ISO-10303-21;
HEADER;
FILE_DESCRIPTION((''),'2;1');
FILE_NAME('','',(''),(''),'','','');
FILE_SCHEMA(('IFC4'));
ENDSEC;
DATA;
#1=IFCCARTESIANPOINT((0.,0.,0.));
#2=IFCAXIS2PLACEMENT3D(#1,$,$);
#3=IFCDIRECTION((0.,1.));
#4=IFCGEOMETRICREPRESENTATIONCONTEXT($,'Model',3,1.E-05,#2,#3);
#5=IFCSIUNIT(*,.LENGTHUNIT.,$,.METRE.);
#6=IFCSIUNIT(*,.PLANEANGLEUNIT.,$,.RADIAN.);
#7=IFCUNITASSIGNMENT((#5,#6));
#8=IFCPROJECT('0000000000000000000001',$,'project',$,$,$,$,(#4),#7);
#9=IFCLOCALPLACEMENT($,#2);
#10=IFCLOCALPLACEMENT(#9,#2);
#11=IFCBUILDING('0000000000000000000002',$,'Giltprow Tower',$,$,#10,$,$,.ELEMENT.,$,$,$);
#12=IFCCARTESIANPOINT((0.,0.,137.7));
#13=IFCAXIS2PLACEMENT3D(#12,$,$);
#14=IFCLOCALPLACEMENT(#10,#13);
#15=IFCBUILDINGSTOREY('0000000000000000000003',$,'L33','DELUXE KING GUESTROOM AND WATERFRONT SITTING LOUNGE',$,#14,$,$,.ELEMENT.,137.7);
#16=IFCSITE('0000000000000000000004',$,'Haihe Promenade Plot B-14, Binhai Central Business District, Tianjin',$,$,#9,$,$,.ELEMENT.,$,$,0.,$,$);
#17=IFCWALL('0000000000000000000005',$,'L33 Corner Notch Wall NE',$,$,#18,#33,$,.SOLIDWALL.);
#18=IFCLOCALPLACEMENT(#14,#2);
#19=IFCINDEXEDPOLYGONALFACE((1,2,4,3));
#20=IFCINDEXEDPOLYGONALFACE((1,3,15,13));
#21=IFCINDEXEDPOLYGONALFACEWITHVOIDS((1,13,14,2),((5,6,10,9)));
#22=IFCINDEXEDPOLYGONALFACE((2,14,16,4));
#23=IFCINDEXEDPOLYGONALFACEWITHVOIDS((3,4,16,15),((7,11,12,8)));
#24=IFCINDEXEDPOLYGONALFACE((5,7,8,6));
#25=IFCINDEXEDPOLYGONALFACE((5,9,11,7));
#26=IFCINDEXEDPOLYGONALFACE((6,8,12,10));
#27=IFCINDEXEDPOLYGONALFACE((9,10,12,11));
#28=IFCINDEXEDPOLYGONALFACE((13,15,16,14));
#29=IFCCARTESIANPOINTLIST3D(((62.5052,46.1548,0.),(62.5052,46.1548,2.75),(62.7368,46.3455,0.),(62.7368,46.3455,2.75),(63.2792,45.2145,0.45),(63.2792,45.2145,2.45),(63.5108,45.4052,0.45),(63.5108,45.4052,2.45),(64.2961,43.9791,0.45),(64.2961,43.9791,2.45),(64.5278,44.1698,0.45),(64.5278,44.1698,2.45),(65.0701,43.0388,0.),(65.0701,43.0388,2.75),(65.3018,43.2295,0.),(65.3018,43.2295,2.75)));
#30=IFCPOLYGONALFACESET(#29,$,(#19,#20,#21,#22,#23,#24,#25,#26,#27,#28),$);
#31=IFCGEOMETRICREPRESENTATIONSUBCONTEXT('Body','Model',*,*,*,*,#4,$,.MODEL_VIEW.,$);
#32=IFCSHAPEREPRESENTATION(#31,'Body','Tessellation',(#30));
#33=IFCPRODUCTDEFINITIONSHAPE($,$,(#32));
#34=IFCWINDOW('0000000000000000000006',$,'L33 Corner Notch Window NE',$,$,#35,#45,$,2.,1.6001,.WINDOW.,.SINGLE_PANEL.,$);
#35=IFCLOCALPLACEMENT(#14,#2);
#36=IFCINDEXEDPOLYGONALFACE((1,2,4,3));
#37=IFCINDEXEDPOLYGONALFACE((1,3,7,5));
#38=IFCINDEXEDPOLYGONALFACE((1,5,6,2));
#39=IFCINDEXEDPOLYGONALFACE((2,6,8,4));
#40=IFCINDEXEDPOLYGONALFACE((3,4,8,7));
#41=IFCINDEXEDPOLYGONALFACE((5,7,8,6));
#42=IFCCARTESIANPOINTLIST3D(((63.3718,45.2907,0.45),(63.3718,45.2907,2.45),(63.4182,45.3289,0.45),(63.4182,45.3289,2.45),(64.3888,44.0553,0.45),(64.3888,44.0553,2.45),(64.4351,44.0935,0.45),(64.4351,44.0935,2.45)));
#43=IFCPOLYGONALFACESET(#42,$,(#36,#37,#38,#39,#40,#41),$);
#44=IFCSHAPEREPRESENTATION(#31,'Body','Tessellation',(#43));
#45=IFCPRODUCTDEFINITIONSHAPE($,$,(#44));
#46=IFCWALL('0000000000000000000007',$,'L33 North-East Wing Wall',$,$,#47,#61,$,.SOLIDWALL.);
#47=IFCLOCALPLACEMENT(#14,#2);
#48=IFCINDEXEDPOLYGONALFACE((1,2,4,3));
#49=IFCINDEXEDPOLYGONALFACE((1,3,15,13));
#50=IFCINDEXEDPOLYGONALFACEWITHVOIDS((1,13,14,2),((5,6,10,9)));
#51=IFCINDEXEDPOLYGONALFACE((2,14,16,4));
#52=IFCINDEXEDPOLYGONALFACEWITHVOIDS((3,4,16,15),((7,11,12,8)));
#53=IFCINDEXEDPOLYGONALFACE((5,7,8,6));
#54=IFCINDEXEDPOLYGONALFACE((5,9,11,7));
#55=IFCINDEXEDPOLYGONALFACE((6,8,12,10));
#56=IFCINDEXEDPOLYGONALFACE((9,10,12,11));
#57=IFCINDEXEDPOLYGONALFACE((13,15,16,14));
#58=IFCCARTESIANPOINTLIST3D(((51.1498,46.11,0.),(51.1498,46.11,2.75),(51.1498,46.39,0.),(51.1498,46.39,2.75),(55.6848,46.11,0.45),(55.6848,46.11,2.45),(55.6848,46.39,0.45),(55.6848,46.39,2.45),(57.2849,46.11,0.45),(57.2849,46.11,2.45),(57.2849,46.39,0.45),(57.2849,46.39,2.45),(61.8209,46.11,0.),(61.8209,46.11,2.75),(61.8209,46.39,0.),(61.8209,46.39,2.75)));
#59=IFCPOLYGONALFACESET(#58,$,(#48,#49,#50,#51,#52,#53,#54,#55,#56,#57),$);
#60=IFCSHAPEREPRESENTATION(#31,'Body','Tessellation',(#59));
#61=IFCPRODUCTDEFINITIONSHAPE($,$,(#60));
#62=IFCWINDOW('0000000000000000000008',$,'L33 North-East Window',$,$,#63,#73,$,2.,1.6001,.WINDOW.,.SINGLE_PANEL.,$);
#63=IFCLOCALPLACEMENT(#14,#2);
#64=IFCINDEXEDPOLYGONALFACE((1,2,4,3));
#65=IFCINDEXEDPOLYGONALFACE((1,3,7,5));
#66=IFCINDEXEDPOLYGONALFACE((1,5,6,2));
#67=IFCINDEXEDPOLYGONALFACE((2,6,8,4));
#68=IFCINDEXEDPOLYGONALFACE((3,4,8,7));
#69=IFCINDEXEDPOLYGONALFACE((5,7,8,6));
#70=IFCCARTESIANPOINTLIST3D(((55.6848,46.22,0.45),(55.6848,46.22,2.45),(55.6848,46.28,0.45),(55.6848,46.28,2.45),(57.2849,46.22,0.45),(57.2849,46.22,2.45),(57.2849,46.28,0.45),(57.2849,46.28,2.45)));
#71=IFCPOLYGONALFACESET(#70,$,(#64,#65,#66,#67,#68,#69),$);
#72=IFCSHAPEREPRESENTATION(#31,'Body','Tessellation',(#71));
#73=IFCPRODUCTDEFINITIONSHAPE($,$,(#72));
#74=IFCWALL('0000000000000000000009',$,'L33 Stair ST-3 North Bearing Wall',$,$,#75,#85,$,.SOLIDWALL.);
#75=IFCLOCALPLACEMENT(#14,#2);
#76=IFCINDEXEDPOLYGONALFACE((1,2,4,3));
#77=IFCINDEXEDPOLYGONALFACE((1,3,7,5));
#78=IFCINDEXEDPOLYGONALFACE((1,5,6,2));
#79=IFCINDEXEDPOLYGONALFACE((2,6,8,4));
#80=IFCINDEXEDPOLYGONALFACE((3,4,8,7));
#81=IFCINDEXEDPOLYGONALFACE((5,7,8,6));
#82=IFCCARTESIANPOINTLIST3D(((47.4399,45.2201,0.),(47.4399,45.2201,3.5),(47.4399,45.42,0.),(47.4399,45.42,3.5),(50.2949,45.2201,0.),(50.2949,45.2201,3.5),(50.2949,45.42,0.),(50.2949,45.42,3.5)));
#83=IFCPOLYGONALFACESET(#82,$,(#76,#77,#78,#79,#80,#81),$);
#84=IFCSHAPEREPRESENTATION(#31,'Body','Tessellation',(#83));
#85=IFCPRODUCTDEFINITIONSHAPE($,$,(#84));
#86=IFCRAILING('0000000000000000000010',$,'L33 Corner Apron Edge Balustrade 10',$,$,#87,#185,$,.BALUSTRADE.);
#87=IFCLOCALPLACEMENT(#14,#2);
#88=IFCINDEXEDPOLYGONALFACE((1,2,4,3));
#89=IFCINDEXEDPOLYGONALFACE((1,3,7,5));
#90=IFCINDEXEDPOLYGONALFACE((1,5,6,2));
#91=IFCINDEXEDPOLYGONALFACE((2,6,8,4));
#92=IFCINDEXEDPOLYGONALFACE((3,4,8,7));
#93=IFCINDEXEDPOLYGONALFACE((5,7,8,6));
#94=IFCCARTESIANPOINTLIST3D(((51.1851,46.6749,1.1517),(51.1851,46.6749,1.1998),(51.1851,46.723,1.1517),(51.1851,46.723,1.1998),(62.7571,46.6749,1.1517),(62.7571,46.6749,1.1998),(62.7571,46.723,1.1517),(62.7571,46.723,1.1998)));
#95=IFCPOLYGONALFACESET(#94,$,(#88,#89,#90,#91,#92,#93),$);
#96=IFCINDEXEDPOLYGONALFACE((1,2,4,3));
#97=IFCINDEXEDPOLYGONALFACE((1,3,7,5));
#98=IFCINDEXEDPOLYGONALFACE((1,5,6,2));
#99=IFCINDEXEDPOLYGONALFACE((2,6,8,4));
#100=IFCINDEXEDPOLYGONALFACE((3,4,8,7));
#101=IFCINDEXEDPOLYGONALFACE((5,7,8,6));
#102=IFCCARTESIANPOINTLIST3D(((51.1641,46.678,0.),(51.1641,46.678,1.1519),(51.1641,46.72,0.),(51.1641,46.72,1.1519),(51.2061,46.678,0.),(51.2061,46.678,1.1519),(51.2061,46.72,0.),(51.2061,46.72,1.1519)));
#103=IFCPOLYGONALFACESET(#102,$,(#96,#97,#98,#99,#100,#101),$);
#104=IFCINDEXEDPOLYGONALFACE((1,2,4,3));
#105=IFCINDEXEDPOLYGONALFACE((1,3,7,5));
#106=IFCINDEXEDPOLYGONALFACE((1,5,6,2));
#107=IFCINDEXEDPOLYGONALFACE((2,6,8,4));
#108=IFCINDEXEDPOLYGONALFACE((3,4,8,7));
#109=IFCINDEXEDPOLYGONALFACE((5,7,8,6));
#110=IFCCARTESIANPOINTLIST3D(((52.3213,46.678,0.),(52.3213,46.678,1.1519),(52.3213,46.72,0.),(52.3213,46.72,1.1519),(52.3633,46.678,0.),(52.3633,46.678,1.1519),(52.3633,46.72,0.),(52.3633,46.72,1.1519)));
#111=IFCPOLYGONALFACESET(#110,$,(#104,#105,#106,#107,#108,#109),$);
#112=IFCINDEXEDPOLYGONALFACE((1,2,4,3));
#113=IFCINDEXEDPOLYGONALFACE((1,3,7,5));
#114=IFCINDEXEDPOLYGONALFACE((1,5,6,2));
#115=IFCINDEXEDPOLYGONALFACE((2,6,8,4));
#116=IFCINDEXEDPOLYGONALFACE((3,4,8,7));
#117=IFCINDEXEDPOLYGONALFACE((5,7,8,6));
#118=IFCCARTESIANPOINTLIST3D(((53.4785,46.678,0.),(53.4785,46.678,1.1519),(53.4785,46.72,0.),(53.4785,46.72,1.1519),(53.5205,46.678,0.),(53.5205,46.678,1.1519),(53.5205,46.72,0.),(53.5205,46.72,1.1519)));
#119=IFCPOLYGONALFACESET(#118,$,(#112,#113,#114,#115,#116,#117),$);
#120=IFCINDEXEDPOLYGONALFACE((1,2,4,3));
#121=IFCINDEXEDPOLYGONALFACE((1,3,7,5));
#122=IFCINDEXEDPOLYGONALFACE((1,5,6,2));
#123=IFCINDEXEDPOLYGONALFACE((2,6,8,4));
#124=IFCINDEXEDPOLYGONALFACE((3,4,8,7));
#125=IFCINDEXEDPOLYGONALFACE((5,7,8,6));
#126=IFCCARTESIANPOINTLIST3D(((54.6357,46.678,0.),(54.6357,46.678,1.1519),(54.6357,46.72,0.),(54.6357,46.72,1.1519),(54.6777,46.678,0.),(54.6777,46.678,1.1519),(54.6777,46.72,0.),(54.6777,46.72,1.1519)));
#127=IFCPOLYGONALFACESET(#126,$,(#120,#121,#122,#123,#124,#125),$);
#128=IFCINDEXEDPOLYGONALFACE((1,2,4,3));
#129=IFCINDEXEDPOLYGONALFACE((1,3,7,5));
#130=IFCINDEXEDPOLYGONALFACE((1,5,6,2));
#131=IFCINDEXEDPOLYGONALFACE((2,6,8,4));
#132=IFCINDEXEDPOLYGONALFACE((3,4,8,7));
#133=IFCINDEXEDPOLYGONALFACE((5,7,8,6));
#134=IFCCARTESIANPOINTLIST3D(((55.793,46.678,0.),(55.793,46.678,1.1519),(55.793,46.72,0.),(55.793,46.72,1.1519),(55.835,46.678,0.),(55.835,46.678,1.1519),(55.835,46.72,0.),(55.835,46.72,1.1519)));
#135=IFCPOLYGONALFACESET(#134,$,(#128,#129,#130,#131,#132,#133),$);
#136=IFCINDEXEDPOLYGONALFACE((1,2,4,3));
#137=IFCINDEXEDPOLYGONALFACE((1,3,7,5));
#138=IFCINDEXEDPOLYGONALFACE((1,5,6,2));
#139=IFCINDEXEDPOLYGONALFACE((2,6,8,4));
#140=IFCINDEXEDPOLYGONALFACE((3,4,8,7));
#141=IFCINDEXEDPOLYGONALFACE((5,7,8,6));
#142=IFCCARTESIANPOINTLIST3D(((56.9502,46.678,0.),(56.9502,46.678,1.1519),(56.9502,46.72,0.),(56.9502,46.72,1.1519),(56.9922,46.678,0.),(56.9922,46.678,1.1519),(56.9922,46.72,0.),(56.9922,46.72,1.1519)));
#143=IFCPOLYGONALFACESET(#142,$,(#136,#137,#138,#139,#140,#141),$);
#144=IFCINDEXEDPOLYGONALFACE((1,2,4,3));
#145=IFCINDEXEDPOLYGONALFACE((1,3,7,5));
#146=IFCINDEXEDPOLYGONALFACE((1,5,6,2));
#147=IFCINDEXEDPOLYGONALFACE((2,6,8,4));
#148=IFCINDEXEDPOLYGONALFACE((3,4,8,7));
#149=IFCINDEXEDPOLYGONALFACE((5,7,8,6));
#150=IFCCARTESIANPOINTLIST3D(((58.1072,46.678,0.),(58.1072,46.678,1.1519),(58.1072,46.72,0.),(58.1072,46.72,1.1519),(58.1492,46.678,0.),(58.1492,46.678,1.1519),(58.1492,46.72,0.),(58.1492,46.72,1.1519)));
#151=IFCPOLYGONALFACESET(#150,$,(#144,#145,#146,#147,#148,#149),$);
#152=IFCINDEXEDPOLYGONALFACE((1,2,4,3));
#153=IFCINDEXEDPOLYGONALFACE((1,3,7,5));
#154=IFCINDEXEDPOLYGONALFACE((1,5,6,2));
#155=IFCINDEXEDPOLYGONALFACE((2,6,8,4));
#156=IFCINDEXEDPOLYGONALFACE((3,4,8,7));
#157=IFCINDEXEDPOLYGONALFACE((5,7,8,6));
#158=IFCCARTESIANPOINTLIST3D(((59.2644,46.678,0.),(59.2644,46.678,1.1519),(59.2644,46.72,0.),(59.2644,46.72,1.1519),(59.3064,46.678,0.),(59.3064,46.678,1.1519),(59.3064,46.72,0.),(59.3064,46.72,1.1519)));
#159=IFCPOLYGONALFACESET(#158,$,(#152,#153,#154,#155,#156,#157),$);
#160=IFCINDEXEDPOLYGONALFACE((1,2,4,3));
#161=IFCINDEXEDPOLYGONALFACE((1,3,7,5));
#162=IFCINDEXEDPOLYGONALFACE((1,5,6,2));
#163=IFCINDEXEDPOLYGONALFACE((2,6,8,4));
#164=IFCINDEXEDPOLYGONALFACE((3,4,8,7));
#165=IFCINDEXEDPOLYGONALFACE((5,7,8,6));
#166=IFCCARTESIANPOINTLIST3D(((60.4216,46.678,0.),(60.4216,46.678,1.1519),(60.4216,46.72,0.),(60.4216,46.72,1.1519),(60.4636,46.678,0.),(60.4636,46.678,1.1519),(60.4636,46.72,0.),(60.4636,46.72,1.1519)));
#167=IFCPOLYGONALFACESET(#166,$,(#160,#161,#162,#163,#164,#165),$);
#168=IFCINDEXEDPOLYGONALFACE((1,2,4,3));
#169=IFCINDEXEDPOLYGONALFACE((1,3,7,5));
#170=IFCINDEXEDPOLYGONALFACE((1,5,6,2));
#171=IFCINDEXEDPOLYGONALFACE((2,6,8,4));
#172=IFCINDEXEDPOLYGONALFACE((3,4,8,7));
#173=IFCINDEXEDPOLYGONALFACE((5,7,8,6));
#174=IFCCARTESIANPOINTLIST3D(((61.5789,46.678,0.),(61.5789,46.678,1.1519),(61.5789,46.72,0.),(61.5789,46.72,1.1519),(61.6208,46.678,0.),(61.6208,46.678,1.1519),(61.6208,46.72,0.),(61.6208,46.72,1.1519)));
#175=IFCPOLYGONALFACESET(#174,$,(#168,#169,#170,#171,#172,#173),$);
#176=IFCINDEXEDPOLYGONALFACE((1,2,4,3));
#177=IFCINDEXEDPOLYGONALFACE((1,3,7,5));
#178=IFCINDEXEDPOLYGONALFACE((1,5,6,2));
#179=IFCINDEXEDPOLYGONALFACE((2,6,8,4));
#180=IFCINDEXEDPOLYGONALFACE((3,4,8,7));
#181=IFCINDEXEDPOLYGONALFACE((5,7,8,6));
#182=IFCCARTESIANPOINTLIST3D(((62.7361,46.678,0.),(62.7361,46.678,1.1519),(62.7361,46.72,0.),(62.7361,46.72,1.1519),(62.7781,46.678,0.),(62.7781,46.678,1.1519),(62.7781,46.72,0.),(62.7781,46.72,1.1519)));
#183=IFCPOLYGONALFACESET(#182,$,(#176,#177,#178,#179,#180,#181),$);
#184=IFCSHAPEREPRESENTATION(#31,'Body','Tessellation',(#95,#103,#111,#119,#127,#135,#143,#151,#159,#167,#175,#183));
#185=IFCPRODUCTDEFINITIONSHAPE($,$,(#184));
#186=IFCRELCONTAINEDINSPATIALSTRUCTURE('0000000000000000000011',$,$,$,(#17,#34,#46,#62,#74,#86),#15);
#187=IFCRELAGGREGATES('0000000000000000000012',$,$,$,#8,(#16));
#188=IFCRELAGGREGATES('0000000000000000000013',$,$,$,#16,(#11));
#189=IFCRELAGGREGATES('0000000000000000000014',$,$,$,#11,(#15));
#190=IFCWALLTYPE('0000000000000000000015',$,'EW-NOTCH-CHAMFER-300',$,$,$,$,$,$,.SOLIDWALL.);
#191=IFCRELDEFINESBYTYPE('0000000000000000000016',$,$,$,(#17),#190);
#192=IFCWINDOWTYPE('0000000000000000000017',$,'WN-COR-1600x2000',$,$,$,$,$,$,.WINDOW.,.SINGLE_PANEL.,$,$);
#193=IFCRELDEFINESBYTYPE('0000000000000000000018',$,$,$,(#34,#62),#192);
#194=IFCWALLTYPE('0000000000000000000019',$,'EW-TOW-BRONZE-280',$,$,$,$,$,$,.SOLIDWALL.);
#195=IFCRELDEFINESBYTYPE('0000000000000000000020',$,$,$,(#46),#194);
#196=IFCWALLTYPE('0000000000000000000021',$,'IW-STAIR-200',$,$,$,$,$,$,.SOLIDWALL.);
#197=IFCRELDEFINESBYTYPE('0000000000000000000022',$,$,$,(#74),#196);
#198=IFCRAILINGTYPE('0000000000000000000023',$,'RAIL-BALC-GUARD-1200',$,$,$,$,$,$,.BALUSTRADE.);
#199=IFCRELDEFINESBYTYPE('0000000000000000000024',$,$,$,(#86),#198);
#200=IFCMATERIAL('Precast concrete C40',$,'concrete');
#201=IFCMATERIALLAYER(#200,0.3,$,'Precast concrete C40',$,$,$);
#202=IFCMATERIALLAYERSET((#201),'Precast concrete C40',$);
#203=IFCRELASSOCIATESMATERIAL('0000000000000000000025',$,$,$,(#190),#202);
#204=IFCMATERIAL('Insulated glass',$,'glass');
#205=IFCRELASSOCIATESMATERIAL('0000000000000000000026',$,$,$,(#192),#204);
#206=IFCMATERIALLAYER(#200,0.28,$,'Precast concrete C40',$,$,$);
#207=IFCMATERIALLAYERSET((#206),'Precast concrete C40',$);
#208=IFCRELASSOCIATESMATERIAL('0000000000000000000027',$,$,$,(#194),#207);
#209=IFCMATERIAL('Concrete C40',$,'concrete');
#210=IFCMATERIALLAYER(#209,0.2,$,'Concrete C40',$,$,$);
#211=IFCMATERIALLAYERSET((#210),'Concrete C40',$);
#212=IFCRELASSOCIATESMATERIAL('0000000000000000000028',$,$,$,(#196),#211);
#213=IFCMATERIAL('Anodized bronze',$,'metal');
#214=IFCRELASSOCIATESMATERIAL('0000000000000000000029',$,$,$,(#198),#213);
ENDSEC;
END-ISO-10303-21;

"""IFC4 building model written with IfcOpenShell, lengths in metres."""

from ifc_helpers import new_model, si_unit, direction, frame, frame_2d, origin, origin_2d, place, context, subcontext, project, spatial, rectangle, extrude, source, transform, mapped, material, layer, layer_set, type_object, element, fill, save


model = new_model("IFC4")

# Units and contexts
model_context = context("Model", 3, precision=1e-05, world=origin(), true_north=direction((0.0, 1.0)))
body_context = subcontext(model_context, "Body", "Model", "MODEL_VIEW")
ifc_project = project(units=[si_unit("LENGTHUNIT", "METRE"), si_unit("PLANEANGLEUNIT", "RADIAN")], contexts=[model_context])

# Site, building, storey
site_placement = place(None, origin())
site = spatial("IfcSite", under=ifc_project, at=site_placement, Name="Haihe Promenade Plot B-14, Binhai Central Business District, Tianjin", CompositionType="ELEMENT", RefElevation=0.0)
building_placement = place(site_placement, origin())
building = spatial("IfcBuilding", under=site, at=building_placement, Name="Giltprow Tower", CompositionType="ELEMENT")
storey_placement = place(building_placement, frame((0.0, 0.0, 137.7)))
storey = spatial("IfcBuildingStorey", under=building, at=storey_placement, Name="L33", Description="DELUXE KING GUESTROOM AND WATERFRONT SITTING LOUNGE", CompositionType="ELEMENT", Elevation=137.7)

# Walls, openings, windows
ifc_material_1 = material(Name="Precast concrete C40", Category="concrete")
ifc_layer_1 = layer(ifc_material_1, 0.3, Name="Precast concrete C40")
ifc_layer_set_1 = layer_set([ifc_layer_1], Name="Precast concrete C40")
wall_type_1 = type_object("IfcWallType", Name="EW-NOTCH-CHAMFER-300", PredefinedType="SOLIDWALL", material=ifc_layer_set_1)
wall_1_placement = place(storey_placement, frame((65.186, 43.134, 0.0), z_axis=(0.0, 0.0, 1.0), x_axis=(-0.635538, 0.77207, 0.0)))
wall_1 = element("IfcWall", 1, at=wall_1_placement, inside=storey, type_object=wall_type_1, Name="L33 Corner Notch Wall NE", PredefinedType="SOLIDWALL", context=body_context, shape_type="SweptSolid", body=[
    extrude(rectangle(XDim=4.0359, YDim=0.3, at=frame_2d((2.0181, 0.0))), origin(), (0.0, 0.0, 1.0), 2.75),
])
opening_1_placement = place(wall_1_placement, frame((1.218, 0.0, 0.45)))
opening_1 = element("IfcOpeningElement", 2, at=opening_1_placement, cuts=wall_1, PredefinedType="OPENING", context=body_context, shape_type="SweptSolid", body=[
    extrude(rectangle(XDim=1.6001, YDim=2.0, at=frame_2d((0.8, 1.0))), frame((0.0, 0.1599, 0.0), z_axis=(0.0, -1.0, 0.0), x_axis=(1.0, 0.0, 0.0)), (0.0, 0.0, 1.0), 0.3201),
])
ifc_material_2 = material(Name="Insulated glass", Category="glass")
window_type = type_object("IfcWindowType", Name="WN-COR-1600x2000", PartitioningType="SINGLE_PANEL", PredefinedType="WINDOW", material=ifc_material_2)
shared_shape_1 = source(origin(), body_context, "Body", "SweptSolid", [
    extrude(rectangle(XDim=1.6001, YDim=2.0, at=frame_2d((0.8, 1.0))), frame((0.0, 0.03, 0.0), z_axis=(0.0, -1.0, 0.0), x_axis=(1.0, 0.0, 0.0)), (0.0, 0.0, 1.0), 0.0601),
])
window_1_placement = place(opening_1_placement, origin())
window_1 = element("IfcWindow", 3, at=window_1_placement, inside=storey, type_object=window_type, Name="L33 Corner Notch Window NE", OverallHeight=2.0, OverallWidth=1.6001, PartitioningType="SINGLE_PANEL", PredefinedType="WINDOW", context=body_context, shape_type="MappedRepresentation", body=[
    mapped(shared_shape_1, transform((0.0, 0.0, 0.0), x_axis=(1.0, 0.0, 0.0), y_axis=(0.0, 1.0, 0.0), z_axis=(0.0, 0.0, 1.0), scale=1.0)),
])
fill(opening_1, window_1)
ifc_layer_2 = layer(ifc_material_1, 0.28, Name="Precast concrete C40")
ifc_layer_set_2 = layer_set([ifc_layer_2], Name="Precast concrete C40")
wall_type_2 = type_object("IfcWallType", Name="EW-TOW-BRONZE-280", PredefinedType="SOLIDWALL", material=ifc_layer_set_2)
wall_2_placement = place(storey_placement, frame((51.1499, 46.25, 0.0), z_axis=(0.0, 0.0, 1.0), x_axis=(1.0, 0.0, 0.0)))
wall_2 = element("IfcWall", 4, at=wall_2_placement, inside=storey, type_object=wall_type_2, Name="L33 North-East Wing Wall", PredefinedType="SOLIDWALL", context=body_context, shape_type="SweptSolid", body=[
    extrude(rectangle(XDim=10.6711, YDim=0.28, at=frame_2d((5.3354, 0.0))), origin(), (0.0, 0.0, 1.0), 2.75),
])
opening_2_placement = place(wall_2_placement, frame((4.5349, 0.0, 0.45)))
opening_2 = element("IfcOpeningElement", 5, at=opening_2_placement, cuts=wall_2, PredefinedType="OPENING", context=body_context, shape_type="SweptSolid", body=[
    extrude(rectangle(XDim=1.6001, YDim=2.0, at=frame_2d((0.8, 1.0))), frame((0.0, 0.1499, 0.0), z_axis=(0.0, -1.0, 0.0), x_axis=(1.0, 0.0, 0.0)), (0.0, 0.0, 1.0), 0.3),
])
window_2_placement = place(opening_2_placement, origin())
window_2 = element("IfcWindow", 6, at=window_2_placement, inside=storey, type_object=window_type, Name="L33 North-East Window", OverallHeight=2.0, OverallWidth=1.6001, PartitioningType="SINGLE_PANEL", PredefinedType="WINDOW", context=body_context, shape_type="MappedRepresentation", body=[
    mapped(shared_shape_1, transform((0.0, 0.0, 0.0), x_axis=(1.0, 0.0, 0.0), y_axis=(0.0, 1.0, 0.0), z_axis=(0.0, 0.0, 1.0), scale=1.0)),
])
fill(opening_2, window_2)

# Wall
ifc_material_3 = material(Name="Concrete C40", Category="concrete")
ifc_layer_3 = layer(ifc_material_3, 0.2, Name="Concrete C40")
ifc_layer_set_3 = layer_set([ifc_layer_3], Name="Concrete C40")
wall_type_3 = type_object("IfcWallType", Name="IW-STAIR-200", PredefinedType="SOLIDWALL", material=ifc_layer_set_3)
wall_3_placement = place(storey_placement, frame((47.4399, 45.3201, 0.0), z_axis=(0.0, 0.0, 1.0), x_axis=(1.0, 0.0, 0.0)))
element("IfcWall", 7, at=wall_3_placement, inside=storey, type_object=wall_type_3, Name="L33 Stair ST-3 North Bearing Wall", PredefinedType="SOLIDWALL", context=body_context, shape_type="SweptSolid", body=[
    extrude(rectangle(XDim=2.855, YDim=0.2, at=frame_2d((1.4275, 0.0))), origin(), (0.0, 0.0, 1.0), 3.5),
])

# Railing
ifc_material_4 = material(Name="Anodized bronze", Category="metal")
railing_type_1 = type_object("IfcRailingType", Name="RAIL-BALC-GUARD-1200", PredefinedType="BALUSTRADE", material=ifc_material_4)
railing_1_placement = place(storey_placement, frame((51.1851, 46.699, 0.0)))
element("IfcRailing", 8, at=railing_1_placement, inside=storey, type_object=railing_type_1, Name="L33 Corner Apron Edge Balustrade 10", PredefinedType="BALUSTRADE", context=body_context, shape_type="SweptSolid", body=[
    extrude(rectangle(XDim=0.0481, YDim=0.0481, at=origin_2d()), frame((0.0, 0.0, 1.1758), z_axis=(1.0, 0.0, 0.0), x_axis=(0.0, 1.0, 0.0)), (0.0, 0.0, 1.0), 11.572),
    extrude(rectangle(XDim=0.042, YDim=0.042, at=origin_2d()), origin(), (0.0, 0.0, 1.0), 1.1519),
    extrude(rectangle(XDim=0.042, YDim=0.042, at=origin_2d()), frame((1.1572, 0.0, 0.0)), (0.0, 0.0, 1.0), 1.1519),
    extrude(rectangle(XDim=0.042, YDim=0.042, at=origin_2d()), frame((2.3145, 0.0, 0.0)), (0.0, 0.0, 1.0), 1.1519),
    extrude(rectangle(XDim=0.042, YDim=0.042, at=origin_2d()), frame((3.4717, 0.0, 0.0)), (0.0, 0.0, 1.0), 1.1519),
    extrude(rectangle(XDim=0.042, YDim=0.042, at=origin_2d()), frame((4.6289, 0.0, 0.0)), (0.0, 0.0, 1.0), 1.1519),
    extrude(rectangle(XDim=0.042, YDim=0.042, at=origin_2d()), frame((5.7861, 0.0, 0.0)), (0.0, 0.0, 1.0), 1.1519),
    extrude(rectangle(XDim=0.042, YDim=0.042, at=origin_2d()), frame((6.9431, 0.0, 0.0)), (0.0, 0.0, 1.0), 1.1519),
    extrude(rectangle(XDim=0.042, YDim=0.042, at=origin_2d()), frame((8.1003, 0.0, 0.0)), (0.0, 0.0, 1.0), 1.1519),
    extrude(rectangle(XDim=0.042, YDim=0.042, at=origin_2d()), frame((9.2576, 0.0, 0.0)), (0.0, 0.0, 1.0), 1.1519),
    extrude(rectangle(XDim=0.042, YDim=0.042, at=origin_2d()), frame((10.4148, 0.0, 0.0)), (0.0, 0.0, 1.0), 1.1519),
    extrude(rectangle(XDim=0.042, YDim=0.042, at=origin_2d()), frame((11.572, 0.0, 0.0)), (0.0, 0.0, 1.0), 1.1519),
])

save(model, "model.ifc")
